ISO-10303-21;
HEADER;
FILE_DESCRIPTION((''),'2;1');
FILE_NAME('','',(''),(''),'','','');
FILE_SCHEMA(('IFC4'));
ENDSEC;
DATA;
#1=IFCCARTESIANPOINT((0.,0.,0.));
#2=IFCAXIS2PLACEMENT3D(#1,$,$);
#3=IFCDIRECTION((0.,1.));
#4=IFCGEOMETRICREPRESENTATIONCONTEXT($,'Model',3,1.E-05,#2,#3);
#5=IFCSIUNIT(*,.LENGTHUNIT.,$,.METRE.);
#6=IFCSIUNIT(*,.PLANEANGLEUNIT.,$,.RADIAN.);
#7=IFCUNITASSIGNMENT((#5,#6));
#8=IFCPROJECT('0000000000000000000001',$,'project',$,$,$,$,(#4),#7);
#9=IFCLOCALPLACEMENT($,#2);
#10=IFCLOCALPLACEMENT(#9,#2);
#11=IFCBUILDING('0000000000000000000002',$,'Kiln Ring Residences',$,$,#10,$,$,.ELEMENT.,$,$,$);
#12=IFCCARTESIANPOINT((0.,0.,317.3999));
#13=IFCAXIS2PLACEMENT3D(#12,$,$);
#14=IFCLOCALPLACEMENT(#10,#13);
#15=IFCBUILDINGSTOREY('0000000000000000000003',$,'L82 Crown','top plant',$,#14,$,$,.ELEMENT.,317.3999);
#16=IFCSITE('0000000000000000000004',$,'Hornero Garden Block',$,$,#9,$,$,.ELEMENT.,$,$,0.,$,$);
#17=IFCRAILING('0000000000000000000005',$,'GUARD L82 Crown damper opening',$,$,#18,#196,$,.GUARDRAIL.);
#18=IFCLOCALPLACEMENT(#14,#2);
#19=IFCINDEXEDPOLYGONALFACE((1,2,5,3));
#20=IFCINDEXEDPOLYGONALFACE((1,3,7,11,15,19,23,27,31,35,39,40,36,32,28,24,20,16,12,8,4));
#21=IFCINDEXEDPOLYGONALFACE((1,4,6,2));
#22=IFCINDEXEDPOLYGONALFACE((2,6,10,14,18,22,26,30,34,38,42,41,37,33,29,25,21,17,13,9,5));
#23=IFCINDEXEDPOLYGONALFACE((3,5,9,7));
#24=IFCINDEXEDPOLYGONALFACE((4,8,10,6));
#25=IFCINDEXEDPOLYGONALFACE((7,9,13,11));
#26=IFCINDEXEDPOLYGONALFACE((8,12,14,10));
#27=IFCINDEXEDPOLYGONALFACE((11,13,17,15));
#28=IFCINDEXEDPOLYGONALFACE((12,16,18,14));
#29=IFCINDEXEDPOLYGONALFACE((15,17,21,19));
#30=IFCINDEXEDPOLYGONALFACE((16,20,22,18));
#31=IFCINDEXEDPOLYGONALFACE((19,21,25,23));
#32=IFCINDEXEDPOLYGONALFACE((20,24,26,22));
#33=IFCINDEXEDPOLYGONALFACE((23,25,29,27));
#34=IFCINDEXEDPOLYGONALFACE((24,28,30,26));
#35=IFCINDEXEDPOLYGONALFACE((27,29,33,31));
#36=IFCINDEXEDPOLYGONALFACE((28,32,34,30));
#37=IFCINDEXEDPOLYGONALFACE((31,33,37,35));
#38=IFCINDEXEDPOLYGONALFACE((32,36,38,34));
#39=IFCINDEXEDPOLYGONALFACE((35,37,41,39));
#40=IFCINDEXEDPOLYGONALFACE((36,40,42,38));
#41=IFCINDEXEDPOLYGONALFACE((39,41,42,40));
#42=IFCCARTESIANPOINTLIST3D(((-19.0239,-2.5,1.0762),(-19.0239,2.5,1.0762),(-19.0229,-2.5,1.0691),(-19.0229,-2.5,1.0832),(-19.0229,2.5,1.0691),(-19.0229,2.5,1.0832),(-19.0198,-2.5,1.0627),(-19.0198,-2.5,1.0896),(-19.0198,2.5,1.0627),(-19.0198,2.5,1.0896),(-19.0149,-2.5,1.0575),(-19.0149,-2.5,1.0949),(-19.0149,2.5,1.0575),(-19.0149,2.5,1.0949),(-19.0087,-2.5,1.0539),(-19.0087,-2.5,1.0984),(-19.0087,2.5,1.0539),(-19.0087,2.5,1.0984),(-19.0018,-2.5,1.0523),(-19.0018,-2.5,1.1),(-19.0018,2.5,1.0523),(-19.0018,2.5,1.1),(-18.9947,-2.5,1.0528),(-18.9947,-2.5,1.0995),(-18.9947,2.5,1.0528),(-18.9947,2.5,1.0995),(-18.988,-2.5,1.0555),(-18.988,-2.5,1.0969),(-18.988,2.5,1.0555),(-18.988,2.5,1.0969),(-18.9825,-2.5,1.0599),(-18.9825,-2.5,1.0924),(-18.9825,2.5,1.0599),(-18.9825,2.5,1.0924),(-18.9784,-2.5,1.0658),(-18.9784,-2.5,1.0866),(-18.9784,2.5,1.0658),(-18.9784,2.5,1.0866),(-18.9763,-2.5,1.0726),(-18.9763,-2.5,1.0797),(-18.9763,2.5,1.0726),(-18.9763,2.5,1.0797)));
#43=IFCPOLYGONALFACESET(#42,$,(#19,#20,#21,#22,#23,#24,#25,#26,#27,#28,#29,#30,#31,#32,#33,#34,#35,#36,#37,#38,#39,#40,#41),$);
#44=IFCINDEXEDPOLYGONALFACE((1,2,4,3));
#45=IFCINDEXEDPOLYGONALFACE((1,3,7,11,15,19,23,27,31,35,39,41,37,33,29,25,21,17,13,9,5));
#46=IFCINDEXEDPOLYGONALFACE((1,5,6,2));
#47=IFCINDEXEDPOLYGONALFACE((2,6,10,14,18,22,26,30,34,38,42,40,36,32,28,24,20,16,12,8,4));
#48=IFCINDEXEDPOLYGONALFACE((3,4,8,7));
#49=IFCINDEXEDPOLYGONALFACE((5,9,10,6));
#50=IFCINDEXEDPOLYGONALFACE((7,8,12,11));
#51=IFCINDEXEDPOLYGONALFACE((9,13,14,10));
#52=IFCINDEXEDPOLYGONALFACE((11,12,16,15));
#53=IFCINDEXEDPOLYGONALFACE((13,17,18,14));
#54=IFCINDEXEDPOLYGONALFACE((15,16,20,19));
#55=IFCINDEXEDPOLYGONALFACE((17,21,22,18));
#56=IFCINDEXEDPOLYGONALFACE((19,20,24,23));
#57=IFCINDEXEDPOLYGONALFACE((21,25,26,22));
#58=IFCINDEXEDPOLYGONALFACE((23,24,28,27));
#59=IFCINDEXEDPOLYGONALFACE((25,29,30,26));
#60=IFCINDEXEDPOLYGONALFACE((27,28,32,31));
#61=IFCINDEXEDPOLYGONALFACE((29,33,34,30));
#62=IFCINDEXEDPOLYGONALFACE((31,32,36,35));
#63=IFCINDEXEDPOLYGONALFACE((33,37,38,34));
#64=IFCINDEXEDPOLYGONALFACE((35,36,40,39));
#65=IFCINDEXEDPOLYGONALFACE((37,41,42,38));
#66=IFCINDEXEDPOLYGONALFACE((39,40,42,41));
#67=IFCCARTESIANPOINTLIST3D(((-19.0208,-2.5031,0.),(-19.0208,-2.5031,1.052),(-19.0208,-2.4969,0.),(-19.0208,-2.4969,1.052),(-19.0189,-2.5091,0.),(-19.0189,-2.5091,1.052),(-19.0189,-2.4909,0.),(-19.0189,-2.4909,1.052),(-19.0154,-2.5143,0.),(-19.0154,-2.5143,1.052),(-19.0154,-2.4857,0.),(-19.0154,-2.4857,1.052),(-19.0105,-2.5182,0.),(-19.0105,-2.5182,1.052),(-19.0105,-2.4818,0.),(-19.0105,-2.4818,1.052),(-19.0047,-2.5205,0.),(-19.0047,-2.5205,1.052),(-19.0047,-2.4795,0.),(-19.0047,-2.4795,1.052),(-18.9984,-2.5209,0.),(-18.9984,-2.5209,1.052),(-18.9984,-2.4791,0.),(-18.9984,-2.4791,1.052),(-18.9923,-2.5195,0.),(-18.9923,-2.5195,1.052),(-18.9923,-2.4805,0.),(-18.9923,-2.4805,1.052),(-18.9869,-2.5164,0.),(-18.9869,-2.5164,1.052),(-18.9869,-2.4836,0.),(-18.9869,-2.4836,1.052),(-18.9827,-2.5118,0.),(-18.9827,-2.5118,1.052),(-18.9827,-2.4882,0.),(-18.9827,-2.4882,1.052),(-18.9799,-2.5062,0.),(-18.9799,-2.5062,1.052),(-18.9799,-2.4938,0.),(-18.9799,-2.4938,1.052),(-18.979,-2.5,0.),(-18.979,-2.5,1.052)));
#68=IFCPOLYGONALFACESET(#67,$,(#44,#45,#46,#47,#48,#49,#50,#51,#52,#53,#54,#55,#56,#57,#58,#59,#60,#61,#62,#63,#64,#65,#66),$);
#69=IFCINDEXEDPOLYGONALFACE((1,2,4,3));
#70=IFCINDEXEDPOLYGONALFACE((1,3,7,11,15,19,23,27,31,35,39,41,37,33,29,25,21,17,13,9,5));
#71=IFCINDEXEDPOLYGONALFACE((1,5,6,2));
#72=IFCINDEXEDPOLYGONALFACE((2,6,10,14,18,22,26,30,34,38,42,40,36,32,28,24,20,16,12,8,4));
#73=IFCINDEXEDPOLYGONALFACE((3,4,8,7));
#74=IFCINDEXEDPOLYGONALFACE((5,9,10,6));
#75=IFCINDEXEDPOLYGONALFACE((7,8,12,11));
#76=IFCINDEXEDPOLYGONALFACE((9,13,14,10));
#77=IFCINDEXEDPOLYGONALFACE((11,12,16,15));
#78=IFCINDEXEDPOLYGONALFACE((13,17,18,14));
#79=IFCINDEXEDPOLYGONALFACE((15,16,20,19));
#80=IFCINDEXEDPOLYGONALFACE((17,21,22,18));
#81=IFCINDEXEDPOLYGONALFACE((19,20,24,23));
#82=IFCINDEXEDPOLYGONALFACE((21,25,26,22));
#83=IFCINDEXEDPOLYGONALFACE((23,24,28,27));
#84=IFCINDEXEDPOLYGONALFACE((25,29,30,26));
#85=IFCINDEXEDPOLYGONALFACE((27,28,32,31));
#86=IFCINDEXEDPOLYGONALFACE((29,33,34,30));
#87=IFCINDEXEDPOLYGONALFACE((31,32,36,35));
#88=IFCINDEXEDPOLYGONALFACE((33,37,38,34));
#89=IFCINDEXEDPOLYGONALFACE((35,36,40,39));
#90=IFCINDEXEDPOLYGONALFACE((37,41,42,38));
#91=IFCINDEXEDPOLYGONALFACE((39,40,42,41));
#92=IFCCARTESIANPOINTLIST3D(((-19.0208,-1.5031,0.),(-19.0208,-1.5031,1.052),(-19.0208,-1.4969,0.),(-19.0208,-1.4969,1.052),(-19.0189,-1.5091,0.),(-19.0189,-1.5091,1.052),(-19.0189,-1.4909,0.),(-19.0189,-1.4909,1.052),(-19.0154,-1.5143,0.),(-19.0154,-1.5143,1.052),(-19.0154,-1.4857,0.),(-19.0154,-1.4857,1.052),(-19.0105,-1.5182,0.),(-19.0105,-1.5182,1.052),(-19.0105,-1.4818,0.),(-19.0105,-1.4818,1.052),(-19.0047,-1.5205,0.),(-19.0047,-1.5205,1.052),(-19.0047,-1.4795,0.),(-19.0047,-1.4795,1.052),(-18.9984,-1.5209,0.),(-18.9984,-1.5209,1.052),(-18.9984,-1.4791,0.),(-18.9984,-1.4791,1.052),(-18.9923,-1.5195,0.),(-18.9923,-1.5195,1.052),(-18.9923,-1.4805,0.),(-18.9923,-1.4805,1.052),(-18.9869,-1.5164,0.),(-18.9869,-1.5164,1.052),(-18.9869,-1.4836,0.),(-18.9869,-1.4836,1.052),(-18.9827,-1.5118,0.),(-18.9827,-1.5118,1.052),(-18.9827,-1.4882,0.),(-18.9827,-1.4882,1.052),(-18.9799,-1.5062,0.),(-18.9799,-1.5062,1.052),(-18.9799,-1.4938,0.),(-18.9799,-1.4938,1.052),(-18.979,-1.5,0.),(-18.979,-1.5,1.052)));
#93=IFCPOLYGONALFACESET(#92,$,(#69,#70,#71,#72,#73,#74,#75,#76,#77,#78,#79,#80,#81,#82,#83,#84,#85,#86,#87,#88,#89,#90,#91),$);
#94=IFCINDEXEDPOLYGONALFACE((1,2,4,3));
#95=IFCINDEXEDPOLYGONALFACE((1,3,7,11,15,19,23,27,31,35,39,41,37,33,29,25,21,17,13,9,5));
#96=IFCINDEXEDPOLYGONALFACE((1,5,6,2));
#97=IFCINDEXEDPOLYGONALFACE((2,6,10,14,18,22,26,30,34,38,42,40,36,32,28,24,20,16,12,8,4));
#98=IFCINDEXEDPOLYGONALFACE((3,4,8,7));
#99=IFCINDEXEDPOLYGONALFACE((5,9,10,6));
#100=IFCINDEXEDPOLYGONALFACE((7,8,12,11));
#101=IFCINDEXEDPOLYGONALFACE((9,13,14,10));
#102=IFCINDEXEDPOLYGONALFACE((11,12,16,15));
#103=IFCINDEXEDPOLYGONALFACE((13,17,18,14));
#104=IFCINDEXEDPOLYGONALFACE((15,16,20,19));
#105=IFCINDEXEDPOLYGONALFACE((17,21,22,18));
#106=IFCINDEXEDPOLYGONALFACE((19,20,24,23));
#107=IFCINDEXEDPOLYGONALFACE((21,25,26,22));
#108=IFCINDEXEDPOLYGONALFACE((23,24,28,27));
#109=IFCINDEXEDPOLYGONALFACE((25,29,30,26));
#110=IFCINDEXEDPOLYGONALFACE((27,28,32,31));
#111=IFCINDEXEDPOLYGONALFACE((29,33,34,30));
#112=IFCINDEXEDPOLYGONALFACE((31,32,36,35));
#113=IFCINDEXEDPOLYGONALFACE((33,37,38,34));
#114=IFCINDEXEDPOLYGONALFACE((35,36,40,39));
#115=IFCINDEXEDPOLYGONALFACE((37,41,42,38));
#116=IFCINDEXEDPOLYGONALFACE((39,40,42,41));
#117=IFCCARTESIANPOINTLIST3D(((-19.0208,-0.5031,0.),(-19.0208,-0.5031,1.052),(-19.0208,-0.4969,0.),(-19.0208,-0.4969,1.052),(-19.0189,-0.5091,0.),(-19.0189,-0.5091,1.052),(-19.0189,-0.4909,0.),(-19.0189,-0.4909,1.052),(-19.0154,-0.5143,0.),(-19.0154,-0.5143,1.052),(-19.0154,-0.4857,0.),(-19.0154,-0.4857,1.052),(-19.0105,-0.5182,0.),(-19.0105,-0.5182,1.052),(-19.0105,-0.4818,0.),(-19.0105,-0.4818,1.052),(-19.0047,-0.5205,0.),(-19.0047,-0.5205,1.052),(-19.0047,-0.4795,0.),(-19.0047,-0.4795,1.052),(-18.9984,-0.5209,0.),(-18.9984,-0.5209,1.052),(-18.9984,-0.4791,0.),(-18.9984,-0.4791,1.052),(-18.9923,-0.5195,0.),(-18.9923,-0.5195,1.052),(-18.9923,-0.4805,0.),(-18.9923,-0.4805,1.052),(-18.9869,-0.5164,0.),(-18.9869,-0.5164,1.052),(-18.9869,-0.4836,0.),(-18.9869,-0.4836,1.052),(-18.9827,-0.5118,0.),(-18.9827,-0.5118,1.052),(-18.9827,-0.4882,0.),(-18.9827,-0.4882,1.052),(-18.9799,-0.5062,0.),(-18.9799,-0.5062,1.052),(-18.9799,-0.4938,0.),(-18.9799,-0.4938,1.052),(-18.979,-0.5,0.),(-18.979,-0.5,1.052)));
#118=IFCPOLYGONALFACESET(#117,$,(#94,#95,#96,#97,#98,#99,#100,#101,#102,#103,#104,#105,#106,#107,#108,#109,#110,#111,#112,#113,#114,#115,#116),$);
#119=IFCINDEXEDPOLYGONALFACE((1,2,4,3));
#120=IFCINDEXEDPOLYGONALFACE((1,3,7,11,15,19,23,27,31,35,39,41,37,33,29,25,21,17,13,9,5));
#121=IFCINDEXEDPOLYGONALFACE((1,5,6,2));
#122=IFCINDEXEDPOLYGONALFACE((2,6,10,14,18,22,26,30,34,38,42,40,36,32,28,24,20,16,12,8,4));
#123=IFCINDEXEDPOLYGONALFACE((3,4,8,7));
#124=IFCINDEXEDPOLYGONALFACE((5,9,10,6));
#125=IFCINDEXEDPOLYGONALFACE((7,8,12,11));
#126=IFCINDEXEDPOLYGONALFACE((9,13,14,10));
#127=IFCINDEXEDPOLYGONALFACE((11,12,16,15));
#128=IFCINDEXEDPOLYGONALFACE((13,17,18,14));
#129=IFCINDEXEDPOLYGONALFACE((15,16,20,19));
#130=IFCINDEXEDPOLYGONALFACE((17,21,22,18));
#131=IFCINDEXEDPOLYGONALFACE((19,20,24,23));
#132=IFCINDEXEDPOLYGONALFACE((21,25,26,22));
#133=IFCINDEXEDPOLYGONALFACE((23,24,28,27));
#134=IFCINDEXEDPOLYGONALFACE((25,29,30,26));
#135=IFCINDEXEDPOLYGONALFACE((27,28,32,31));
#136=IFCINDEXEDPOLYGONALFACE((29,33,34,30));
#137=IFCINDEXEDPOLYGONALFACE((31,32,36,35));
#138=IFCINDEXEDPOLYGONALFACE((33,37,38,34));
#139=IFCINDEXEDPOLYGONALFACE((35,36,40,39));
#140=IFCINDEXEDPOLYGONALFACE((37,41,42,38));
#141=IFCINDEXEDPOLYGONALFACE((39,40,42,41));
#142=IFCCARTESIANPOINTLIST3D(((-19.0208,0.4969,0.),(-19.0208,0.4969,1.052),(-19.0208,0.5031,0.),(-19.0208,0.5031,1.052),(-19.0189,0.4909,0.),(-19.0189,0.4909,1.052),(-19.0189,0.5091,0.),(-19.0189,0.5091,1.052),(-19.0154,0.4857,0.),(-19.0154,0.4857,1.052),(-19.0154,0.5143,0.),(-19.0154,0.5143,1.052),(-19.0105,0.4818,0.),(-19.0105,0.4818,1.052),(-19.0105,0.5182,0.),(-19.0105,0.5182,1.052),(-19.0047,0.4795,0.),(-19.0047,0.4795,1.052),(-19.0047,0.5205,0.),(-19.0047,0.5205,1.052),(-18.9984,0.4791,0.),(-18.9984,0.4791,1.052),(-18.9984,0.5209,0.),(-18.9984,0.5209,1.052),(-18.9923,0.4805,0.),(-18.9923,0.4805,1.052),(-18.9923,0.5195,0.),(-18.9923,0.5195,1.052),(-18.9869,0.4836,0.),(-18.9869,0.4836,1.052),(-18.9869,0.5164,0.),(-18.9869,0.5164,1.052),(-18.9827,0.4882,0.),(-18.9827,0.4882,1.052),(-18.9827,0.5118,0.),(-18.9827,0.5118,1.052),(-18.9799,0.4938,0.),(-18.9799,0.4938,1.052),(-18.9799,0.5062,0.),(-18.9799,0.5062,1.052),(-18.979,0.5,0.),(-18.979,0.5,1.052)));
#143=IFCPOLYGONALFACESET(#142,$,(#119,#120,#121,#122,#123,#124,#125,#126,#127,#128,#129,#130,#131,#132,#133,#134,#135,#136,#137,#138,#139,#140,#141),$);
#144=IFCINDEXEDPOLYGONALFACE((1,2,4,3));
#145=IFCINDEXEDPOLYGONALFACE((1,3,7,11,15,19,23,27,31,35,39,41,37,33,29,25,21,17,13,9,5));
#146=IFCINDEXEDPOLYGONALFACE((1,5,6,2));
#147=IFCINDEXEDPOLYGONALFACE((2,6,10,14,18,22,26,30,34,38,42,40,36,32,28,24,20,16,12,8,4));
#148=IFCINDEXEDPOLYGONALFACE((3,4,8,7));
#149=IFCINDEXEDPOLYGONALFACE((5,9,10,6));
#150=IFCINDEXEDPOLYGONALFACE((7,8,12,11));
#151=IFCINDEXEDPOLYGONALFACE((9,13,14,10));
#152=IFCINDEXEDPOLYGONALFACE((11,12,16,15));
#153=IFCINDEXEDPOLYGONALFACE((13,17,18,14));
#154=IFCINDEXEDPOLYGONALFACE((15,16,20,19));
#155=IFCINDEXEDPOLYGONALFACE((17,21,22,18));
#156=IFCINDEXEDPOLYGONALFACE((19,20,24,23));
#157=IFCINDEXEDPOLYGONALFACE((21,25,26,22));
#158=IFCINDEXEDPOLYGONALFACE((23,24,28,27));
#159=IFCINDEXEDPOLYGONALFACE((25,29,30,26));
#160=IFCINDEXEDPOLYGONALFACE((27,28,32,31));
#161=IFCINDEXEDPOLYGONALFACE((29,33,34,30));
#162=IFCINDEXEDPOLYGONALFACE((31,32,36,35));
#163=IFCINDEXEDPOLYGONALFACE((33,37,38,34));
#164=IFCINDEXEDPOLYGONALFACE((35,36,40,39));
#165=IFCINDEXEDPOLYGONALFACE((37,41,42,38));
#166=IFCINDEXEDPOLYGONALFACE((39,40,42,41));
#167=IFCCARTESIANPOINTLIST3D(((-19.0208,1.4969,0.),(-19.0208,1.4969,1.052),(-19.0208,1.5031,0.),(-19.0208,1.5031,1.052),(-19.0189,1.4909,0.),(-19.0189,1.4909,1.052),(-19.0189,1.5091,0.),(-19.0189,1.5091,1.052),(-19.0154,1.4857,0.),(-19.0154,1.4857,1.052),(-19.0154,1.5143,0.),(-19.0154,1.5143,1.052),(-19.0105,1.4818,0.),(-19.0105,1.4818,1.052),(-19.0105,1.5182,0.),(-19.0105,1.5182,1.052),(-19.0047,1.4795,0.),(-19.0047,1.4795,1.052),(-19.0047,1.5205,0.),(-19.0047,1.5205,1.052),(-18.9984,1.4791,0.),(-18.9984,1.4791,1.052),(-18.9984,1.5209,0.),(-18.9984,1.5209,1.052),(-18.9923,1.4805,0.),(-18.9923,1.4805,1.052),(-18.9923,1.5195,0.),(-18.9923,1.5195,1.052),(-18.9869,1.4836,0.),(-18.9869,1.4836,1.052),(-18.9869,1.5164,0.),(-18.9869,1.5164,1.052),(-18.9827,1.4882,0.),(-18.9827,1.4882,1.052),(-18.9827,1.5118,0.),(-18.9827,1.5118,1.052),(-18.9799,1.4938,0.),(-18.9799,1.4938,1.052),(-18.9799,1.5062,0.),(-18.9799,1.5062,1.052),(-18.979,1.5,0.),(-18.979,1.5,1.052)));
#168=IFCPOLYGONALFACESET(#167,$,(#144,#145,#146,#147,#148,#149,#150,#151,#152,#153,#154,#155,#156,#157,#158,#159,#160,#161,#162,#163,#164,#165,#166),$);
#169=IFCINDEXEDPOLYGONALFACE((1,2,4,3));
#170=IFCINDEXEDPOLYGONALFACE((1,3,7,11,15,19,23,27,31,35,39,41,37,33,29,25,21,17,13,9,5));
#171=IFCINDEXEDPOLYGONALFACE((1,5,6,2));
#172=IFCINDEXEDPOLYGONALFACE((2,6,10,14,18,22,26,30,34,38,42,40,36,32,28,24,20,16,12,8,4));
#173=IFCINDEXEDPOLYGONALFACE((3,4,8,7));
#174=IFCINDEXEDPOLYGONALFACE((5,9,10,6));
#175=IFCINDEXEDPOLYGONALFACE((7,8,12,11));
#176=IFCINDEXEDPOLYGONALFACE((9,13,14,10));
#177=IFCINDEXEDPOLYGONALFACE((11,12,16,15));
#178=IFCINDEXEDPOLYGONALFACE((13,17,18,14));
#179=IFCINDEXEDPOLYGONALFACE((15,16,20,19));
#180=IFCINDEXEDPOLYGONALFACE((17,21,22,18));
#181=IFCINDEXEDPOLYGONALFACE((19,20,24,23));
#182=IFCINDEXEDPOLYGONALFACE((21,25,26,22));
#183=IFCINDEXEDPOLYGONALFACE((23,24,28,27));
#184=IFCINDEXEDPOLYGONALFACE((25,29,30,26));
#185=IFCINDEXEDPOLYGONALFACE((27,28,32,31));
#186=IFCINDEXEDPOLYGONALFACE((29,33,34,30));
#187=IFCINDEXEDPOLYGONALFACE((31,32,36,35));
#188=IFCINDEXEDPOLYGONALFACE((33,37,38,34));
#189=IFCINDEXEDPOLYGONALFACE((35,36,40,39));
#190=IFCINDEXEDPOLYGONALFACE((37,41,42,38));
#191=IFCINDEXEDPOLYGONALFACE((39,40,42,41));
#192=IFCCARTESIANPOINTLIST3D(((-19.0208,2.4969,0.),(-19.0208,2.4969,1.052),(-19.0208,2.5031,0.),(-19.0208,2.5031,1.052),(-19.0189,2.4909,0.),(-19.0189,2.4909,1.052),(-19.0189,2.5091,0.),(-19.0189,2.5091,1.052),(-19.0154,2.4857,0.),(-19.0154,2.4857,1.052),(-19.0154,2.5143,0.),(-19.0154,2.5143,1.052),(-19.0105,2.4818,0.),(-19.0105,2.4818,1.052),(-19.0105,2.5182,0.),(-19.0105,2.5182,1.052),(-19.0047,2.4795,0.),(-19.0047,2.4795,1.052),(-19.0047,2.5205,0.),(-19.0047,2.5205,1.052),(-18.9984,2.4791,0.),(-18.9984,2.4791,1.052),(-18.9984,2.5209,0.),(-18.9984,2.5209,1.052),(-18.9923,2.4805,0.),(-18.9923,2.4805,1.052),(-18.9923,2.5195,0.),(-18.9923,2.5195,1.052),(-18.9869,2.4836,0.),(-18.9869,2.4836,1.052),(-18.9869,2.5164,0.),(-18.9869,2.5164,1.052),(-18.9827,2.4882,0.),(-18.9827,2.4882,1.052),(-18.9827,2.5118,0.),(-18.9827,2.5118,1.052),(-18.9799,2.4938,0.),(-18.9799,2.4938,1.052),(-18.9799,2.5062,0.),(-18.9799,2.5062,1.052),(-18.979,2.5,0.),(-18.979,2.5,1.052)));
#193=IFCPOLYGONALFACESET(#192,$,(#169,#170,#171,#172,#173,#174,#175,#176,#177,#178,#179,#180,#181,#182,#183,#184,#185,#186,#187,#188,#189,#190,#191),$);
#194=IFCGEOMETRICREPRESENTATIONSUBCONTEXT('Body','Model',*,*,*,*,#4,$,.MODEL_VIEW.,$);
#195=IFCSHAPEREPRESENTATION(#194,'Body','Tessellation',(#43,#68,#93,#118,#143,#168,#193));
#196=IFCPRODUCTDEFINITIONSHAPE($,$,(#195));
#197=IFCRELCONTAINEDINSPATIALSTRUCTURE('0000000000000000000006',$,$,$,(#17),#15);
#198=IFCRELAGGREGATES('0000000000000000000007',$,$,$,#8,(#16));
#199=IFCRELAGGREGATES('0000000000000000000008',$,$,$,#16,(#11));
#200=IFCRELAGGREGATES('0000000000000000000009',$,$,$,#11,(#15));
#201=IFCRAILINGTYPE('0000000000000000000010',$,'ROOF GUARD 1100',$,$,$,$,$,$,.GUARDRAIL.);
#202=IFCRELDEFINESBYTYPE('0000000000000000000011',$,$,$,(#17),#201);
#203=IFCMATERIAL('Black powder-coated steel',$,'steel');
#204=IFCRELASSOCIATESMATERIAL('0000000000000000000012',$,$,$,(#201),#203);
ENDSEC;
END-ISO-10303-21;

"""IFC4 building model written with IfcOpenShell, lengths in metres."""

from ifc_helpers import new_model, si_unit, direction, frame, origin, origin_2d, place, context, subcontext, project, spatial, circle, extrude, material, type_object, element, save


model = new_model("IFC4")

# Units and contexts
model_context = context("Model", 3, precision=1e-05, world=origin(), true_north=direction((0.0, 1.0)))
body_context = subcontext(model_context, "Body", "Model", "MODEL_VIEW")
ifc_project = project(units=[si_unit("LENGTHUNIT", "METRE"), si_unit("PLANEANGLEUNIT", "RADIAN")], contexts=[model_context])

# Site, building, storey
site_placement = place(None, origin())
site = spatial("IfcSite", under=ifc_project, at=site_placement, Name="Hornero Garden Block", CompositionType="ELEMENT", RefElevation=0.0)
building_placement = place(site_placement, origin())
building = spatial("IfcBuilding", under=site, at=building_placement, Name="Kiln Ring Residences", CompositionType="ELEMENT")
storey_placement = place(building_placement, frame((0.0, 0.0, 317.3999)))
storey = spatial("IfcBuildingStorey", under=building, at=storey_placement, Name="L82 Crown", Description="top plant", CompositionType="ELEMENT", Elevation=317.3999)

# Railing
ifc_material_1 = material(Name="Black powder-coated steel", Category="steel")
railing_type_1 = type_object("IfcRailingType", Name="ROOF GUARD 1100", PredefinedType="GUARDRAIL", material=ifc_material_1)
railing_1_placement = place(storey_placement, frame((-19.0, -2.5, 0.0)))
element("IfcRailing", 1, at=railing_1_placement, inside=storey, type_object=railing_type_1, Name="GUARD L82 Crown damper opening", PredefinedType="GUARDRAIL", context=body_context, shape_type="SweptSolid", body=[
    extrude(circle(Radius=0.0239, at=origin_2d()), frame((0.0, 0.0, 1.0762), z_axis=(0.0, 1.0, 0.0), x_axis=(-1.0, 0.0, 0.0)), (0.0, 0.0, 1.0), 5.0),
    extrude(circle(Radius=0.021, at=origin_2d()), origin(), (0.0, 0.0, 1.0), 1.052),
    extrude(circle(Radius=0.021, at=origin_2d()), frame((0.0, 1.0, 0.0)), (0.0, 0.0, 1.0), 1.052),
    extrude(circle(Radius=0.021, at=origin_2d()), frame((0.0, 2.0, 0.0)), (0.0, 0.0, 1.0), 1.052),
    extrude(circle(Radius=0.021, at=origin_2d()), frame((0.0, 3.0, 0.0)), (0.0, 0.0, 1.0), 1.052),
    extrude(circle(Radius=0.021, at=origin_2d()), frame((0.0, 4.0, 0.0)), (0.0, 0.0, 1.0), 1.052),
    extrude(circle(Radius=0.021, at=origin_2d()), frame((0.0, 5.0, 0.0)), (0.0, 0.0, 1.0), 1.052),
])

save(model, "model.ifc")
